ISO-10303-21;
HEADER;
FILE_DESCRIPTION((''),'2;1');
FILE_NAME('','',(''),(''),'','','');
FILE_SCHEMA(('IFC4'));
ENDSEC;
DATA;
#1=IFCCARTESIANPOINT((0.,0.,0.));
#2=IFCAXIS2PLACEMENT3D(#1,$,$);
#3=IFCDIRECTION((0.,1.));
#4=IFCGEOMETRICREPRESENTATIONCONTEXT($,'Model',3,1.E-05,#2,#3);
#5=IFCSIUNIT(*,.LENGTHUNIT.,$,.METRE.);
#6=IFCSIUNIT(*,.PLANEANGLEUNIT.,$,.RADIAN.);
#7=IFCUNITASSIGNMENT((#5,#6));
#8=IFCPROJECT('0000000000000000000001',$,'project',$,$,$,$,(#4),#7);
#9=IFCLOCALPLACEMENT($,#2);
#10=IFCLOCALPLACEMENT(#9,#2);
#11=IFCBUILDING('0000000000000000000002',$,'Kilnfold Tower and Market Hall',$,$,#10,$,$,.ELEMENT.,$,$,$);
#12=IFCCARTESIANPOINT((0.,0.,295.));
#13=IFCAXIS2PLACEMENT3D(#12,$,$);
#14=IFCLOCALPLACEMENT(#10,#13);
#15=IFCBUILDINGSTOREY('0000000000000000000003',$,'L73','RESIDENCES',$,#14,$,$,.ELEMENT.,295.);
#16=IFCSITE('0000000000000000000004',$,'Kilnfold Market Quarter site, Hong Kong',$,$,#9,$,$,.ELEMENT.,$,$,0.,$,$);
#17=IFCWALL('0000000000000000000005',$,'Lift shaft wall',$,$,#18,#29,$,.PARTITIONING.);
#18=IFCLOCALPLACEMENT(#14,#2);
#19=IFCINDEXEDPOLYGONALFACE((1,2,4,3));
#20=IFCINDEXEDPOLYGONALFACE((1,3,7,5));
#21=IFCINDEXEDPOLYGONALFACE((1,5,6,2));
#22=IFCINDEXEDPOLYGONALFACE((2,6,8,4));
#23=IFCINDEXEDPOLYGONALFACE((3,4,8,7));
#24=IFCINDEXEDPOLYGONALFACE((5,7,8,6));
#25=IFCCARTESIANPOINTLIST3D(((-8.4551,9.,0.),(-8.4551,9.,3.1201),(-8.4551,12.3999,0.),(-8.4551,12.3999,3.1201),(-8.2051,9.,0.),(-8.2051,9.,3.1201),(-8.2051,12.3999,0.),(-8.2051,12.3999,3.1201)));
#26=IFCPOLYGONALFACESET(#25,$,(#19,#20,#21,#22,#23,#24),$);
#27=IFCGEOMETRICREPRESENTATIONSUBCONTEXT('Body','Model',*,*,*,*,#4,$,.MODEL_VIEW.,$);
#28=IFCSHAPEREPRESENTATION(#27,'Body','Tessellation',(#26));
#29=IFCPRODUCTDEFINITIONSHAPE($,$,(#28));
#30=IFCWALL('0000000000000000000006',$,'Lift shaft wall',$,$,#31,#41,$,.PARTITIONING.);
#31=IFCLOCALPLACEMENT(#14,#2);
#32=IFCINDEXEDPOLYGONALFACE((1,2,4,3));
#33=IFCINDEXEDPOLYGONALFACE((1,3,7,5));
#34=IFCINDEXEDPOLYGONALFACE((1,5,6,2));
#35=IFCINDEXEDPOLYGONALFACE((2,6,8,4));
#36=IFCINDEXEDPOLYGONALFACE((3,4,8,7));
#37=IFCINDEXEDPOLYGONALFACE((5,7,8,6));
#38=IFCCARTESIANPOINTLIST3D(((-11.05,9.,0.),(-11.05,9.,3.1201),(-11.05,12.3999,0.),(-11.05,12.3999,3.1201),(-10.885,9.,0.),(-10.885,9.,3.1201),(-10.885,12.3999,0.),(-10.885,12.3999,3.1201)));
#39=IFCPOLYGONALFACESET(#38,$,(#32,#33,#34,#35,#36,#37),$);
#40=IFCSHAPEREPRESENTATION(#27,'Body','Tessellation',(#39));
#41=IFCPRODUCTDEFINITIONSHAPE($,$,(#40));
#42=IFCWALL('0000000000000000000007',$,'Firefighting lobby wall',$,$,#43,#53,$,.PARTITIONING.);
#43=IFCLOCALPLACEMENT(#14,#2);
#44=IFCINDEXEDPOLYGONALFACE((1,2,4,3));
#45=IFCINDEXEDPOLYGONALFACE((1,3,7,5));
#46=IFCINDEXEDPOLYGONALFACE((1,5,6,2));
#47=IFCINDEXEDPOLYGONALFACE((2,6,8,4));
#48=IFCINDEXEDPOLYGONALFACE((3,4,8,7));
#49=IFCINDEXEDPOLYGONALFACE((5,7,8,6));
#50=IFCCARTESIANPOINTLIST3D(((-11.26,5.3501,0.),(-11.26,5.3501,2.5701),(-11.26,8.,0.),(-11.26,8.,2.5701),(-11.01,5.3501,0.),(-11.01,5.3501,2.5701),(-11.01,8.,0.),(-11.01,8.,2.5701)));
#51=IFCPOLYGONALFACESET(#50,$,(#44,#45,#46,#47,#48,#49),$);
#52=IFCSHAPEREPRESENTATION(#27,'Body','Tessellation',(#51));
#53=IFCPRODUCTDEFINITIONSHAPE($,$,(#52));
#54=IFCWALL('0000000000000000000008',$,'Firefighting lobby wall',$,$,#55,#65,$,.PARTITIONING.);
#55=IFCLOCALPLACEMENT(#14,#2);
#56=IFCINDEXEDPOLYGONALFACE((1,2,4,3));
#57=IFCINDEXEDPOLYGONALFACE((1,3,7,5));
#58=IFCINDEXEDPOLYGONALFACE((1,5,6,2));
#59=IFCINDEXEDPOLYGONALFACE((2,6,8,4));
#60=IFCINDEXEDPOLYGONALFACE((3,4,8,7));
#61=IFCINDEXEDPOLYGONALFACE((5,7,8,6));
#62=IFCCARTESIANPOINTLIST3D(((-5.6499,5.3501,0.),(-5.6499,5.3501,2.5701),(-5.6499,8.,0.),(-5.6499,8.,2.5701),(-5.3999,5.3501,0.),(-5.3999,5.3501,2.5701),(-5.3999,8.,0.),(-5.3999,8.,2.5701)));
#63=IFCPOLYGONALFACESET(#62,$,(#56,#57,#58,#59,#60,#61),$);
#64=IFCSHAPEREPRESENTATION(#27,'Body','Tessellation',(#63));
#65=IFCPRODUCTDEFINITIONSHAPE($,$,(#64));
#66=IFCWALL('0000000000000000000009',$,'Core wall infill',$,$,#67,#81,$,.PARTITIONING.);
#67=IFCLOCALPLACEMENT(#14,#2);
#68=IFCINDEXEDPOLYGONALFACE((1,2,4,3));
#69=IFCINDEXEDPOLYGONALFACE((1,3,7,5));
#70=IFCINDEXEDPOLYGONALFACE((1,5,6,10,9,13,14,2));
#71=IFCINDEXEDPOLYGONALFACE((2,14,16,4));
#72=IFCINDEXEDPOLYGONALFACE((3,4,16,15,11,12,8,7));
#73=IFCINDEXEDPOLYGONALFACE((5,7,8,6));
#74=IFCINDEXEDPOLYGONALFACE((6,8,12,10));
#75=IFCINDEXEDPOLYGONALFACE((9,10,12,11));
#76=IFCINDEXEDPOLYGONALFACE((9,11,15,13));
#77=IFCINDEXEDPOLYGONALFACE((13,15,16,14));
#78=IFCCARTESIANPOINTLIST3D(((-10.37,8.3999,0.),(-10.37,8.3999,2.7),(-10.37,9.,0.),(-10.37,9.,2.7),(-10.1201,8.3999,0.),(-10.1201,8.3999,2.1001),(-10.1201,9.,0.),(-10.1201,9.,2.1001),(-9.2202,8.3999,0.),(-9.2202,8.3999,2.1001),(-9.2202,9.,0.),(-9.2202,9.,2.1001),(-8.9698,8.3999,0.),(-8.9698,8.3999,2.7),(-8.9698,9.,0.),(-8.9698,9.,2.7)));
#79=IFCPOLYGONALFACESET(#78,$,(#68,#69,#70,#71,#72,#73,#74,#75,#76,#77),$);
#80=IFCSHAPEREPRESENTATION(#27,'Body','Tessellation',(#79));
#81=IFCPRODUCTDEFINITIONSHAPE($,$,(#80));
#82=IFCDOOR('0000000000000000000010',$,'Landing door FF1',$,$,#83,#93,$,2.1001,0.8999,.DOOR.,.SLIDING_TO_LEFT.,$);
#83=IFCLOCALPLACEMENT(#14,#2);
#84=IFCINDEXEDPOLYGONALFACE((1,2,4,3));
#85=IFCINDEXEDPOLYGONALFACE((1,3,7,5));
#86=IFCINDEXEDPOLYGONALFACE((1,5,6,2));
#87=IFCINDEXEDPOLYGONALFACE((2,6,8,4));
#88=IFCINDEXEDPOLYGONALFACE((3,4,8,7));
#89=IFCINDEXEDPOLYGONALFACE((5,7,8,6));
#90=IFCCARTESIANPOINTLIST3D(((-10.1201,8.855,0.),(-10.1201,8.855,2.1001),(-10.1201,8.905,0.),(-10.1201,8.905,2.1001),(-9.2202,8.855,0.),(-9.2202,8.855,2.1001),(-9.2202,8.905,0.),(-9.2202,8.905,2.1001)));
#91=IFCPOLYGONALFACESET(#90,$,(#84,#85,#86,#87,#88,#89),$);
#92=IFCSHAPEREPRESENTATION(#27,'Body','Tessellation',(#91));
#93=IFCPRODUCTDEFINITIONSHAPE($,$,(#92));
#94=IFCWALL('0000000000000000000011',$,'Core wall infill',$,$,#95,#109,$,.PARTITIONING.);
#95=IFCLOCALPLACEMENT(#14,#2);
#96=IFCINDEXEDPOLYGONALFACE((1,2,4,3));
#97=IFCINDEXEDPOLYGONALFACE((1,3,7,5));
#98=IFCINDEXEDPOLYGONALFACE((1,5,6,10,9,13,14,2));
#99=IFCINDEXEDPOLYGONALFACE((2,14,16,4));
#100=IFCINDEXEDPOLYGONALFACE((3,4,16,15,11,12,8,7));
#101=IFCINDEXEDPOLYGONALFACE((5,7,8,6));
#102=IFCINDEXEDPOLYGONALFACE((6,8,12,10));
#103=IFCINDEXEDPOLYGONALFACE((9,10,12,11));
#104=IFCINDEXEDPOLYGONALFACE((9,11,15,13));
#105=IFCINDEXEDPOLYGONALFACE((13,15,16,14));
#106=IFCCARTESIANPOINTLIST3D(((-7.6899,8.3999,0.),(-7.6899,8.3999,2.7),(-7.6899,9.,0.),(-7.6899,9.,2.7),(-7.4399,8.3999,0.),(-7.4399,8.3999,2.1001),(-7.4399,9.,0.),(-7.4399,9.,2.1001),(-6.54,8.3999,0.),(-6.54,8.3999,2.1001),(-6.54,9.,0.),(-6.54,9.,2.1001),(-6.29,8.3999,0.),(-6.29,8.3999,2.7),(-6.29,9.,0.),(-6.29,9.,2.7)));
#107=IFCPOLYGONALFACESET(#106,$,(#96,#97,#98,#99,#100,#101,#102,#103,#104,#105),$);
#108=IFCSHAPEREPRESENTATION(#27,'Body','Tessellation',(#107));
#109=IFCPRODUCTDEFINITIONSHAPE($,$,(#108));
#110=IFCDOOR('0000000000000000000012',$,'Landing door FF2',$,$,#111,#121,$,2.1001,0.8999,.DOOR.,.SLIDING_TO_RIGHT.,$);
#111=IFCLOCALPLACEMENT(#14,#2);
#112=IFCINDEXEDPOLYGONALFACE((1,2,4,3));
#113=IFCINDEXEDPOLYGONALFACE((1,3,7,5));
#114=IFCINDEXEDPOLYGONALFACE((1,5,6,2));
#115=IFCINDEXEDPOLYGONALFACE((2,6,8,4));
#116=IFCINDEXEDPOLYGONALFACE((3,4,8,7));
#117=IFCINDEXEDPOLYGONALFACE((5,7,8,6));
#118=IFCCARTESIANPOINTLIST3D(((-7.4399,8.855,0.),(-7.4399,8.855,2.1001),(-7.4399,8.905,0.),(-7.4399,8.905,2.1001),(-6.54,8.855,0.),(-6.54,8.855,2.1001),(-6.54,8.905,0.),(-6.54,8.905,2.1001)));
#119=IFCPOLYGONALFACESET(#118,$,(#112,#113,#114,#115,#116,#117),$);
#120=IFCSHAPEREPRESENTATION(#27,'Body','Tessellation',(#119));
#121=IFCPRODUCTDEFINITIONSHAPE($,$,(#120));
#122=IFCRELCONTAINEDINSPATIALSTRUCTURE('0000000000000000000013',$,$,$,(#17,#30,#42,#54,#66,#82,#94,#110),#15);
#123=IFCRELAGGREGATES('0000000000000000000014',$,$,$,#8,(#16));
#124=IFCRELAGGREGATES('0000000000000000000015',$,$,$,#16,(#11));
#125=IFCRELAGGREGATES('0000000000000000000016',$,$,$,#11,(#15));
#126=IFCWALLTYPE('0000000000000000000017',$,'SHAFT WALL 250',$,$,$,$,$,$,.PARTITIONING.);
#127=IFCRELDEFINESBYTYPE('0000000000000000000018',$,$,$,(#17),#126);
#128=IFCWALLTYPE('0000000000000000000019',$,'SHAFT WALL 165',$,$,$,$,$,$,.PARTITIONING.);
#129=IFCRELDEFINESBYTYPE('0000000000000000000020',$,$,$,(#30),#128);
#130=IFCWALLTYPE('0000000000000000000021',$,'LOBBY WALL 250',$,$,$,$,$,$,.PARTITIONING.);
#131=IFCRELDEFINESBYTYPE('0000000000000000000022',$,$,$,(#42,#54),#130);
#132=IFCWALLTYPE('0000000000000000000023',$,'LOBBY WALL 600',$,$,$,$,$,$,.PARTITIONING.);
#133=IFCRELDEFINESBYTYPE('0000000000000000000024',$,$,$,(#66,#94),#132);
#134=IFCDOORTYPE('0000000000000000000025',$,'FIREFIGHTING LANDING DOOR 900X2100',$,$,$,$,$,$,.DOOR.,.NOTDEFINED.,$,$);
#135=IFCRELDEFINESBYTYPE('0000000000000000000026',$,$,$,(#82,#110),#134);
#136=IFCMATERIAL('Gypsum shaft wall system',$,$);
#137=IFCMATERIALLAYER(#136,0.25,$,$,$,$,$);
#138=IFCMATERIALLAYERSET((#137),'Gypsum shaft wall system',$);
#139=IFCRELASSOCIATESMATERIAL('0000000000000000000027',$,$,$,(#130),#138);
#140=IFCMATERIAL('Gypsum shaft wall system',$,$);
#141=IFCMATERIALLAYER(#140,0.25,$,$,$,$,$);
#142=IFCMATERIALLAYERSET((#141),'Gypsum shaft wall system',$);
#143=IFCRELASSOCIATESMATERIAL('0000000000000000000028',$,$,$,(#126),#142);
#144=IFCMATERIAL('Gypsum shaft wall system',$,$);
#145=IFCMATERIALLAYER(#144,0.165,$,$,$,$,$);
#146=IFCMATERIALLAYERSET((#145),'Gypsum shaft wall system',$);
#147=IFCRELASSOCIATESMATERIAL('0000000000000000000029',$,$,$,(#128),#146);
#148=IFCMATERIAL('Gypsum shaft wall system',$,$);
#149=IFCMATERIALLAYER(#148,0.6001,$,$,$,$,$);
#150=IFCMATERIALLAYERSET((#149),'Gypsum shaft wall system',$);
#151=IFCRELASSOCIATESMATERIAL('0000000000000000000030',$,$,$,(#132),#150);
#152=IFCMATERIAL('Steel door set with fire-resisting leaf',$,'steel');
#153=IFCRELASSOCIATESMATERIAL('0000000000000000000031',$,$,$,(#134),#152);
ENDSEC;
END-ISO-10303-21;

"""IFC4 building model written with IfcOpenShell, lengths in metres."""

from ifc_helpers import new_model, si_unit, direction, frame, frame_2d, origin, place, context, subcontext, project, spatial, rectangle, extrude, source, transform, mapped, material, layer, layer_set, type_object, element, fill, save


model = new_model("IFC4")

# Units and contexts
model_context = context("Model", 3, precision=1e-05, world=origin(), true_north=direction((0.0, 1.0)))
body_context = subcontext(model_context, "Body", "Model", "MODEL_VIEW")
ifc_project = project(units=[si_unit("LENGTHUNIT", "METRE"), si_unit("PLANEANGLEUNIT", "RADIAN")], contexts=[model_context])

# Site, building, storey
site_placement = place(None, origin())
site = spatial("IfcSite", under=ifc_project, at=site_placement, Name="Kilnfold Market Quarter site, Hong Kong", CompositionType="ELEMENT", RefElevation=0.0)
building_placement = place(site_placement, origin())
building = spatial("IfcBuilding", under=site, at=building_placement, Name="Kilnfold Tower and Market Hall", CompositionType="ELEMENT")
storey_placement = place(building_placement, frame((0.0, 0.0, 295.0)))
storey = spatial("IfcBuildingStorey", under=building, at=storey_placement, Name="L73", Description="RESIDENCES", CompositionType="ELEMENT", Elevation=295.0)

# Shared definitions
ifc_material_1 = material(Name="Gypsum shaft wall system")
ifc_layer_1 = layer(ifc_material_1, 0.25)
ifc_layer_set_1 = layer_set([ifc_layer_1], Name="Gypsum shaft wall system")
wall_type_1 = type_object("IfcWallType", Name="LOBBY WALL 250", PredefinedType="PARTITIONING", material=ifc_layer_set_1)

# Walls
ifc_material_2 = material(Name="Gypsum shaft wall system")
ifc_layer_2 = layer(ifc_material_2, 0.25)
ifc_layer_set_2 = layer_set([ifc_layer_2], Name="Gypsum shaft wall system")
wall_type_2 = type_object("IfcWallType", Name="SHAFT WALL 250", PredefinedType="PARTITIONING", material=ifc_layer_set_2)
shared_shape_1 = source(origin(), body_context, "Body", "SweptSolid", [
    extrude(rectangle(XDim=3.3999, YDim=0.25, at=frame_2d((1.7, 0.0))), origin(), (0.0, 0.0, 1.0), 3.1201),
])
for number, where, z_axis, x_axis, name in (
    (1, (-8.3301, 9.0, 0.0), (0.0, 0.0, 1.0), (0.0, 1.0, 0.0), "Lift shaft wall"),
):
    element("IfcWall", number, at=place(storey_placement, frame(where, z_axis=z_axis, x_axis=x_axis)), inside=storey, type_object=wall_type_2, Name=name, PredefinedType="PARTITIONING", context=body_context, shape_type="MappedRepresentation", body=[
        mapped(shared_shape_1, transform((0.0, 0.0, 0.0))),
    ])
ifc_material_3 = material(Name="Gypsum shaft wall system")
ifc_layer_3 = layer(ifc_material_3, 0.165)
ifc_layer_set_3 = layer_set([ifc_layer_3], Name="Gypsum shaft wall system")
wall_type_3 = type_object("IfcWallType", Name="SHAFT WALL 165", PredefinedType="PARTITIONING", material=ifc_layer_set_3)
shared_shape_2 = source(origin(), body_context, "Body", "SweptSolid", [
    extrude(rectangle(XDim=3.3999, YDim=0.165, at=frame_2d((1.7, 0.0))), origin(), (0.0, 0.0, 1.0), 3.1201),
])
wall_1_placement = place(storey_placement, frame((-10.9675, 9.0, 0.0), z_axis=(0.0, 0.0, 1.0), x_axis=(0.0, 1.0, 0.0)))
element("IfcWall", 2, at=wall_1_placement, inside=storey, type_object=wall_type_3, Name="Lift shaft wall", PredefinedType="PARTITIONING", context=body_context, shape_type="MappedRepresentation", body=[
    mapped(shared_shape_2, transform((0.0, 0.0, 0.0))),
])
shared_shape_3 = source(origin(), body_context, "Body", "SweptSolid", [
    extrude(rectangle(XDim=2.6499, YDim=0.25, at=frame_2d((1.325, 0.0))), origin(), (0.0, 0.0, 1.0), 2.5701),
])
for number, where, z_axis, x_axis, name in (
    (3, (-11.135, 5.3501, 0.0), (0.0, 0.0, 1.0), (0.0, 1.0, 0.0), "Firefighting lobby wall"),
    (4, (-5.5249, 5.3501, 0.0), (0.0, 0.0, 1.0), (0.0, 1.0, 0.0), "Firefighting lobby wall"),
):
    element("IfcWall", number, at=place(storey_placement, frame(where, z_axis=z_axis, x_axis=x_axis)), inside=storey, type_object=wall_type_1, Name=name, PredefinedType="PARTITIONING", context=body_context, shape_type="MappedRepresentation", body=[
        mapped(shared_shape_3, transform((0.0, 0.0, 0.0))),
    ])

# Walls, openings, doors
ifc_material_4 = material(Name="Gypsum shaft wall system")
ifc_layer_4 = layer(ifc_material_4, 0.6001)
ifc_layer_set_4 = layer_set([ifc_layer_4], Name="Gypsum shaft wall system")
wall_type_4 = type_object("IfcWallType", Name="LOBBY WALL 600", PredefinedType="PARTITIONING", material=ifc_layer_set_4)
shared_shape_4 = source(origin(), body_context, "Body", "SweptSolid", [
    extrude(rectangle(XDim=1.4001, YDim=0.6001, at=frame_2d((0.7002, 0.0))), origin(), (0.0, 0.0, 1.0), 2.7),
])
wall_2_placement = place(storey_placement, frame((-10.3701, 8.7, 0.0), z_axis=(0.0, 0.0, 1.0), x_axis=(1.0, 0.0, 0.0)))
wall_2 = element("IfcWall", 5, at=wall_2_placement, inside=storey, type_object=wall_type_4, Name="Core wall infill", PredefinedType="PARTITIONING", context=body_context, shape_type="MappedRepresentation", body=[
    mapped(shared_shape_4, transform((0.0, 0.0, 0.0))),
])
opening_1_placement = place(wall_2_placement, frame((0.25, 0.0, 0.0)))
opening_1 = element("IfcOpeningElement", 6, at=opening_1_placement, cuts=wall_2, PredefinedType="OPENING", context=body_context, shape_type="SweptSolid", body=[
    extrude(rectangle(XDim=0.8999, YDim=2.1001, at=frame_2d((0.45, 1.05))), frame((0.0, 0.3101, 0.0), z_axis=(0.0, -1.0, 0.0), x_axis=(1.0, 0.0, 0.0)), (0.0, 0.0, 1.0), 0.6201),
])
ifc_material_5 = material(Name="Steel door set with fire-resisting leaf", Category="steel")
door_type_1 = type_object("IfcDoorType", Name="FIREFIGHTING LANDING DOOR 900X2100", OperationType="NOTDEFINED", PredefinedType="DOOR", material=ifc_material_5)
door_1_placement = place(opening_1_placement, origin())
door_1 = element("IfcDoor", 7, at=door_1_placement, inside=storey, type_object=door_type_1, Name="Landing door FF1", OperationType="SLIDING_TO_LEFT", OverallHeight=2.1001, OverallWidth=0.8999, PredefinedType="DOOR", context=body_context, shape_type="SweptSolid", body=[
    extrude(rectangle(XDim=0.8999, YDim=2.1001, at=frame_2d((0.45, 1.05))), frame((0.0, 0.2051, 0.0), z_axis=(0.0, -1.0, 0.0), x_axis=(1.0, 0.0, 0.0)), (0.0, 0.0, 1.0), 0.05),
])
fill(opening_1, door_1)
shared_shape_5 = source(origin(), body_context, "Body", "SweptSolid", [
    extrude(rectangle(XDim=1.3999, YDim=0.6001, at=frame_2d((0.7, 0.0))), origin(), (0.0, 0.0, 1.0), 2.7),
])
wall_3_placement = place(storey_placement, frame((-7.6899, 8.7, 0.0), z_axis=(0.0, 0.0, 1.0), x_axis=(1.0, 0.0, 0.0)))
wall_3 = element("IfcWall", 8, at=wall_3_placement, inside=storey, type_object=wall_type_4, Name="Core wall infill", PredefinedType="PARTITIONING", context=body_context, shape_type="MappedRepresentation", body=[
    mapped(shared_shape_5, transform((0.0, 0.0, 0.0))),
])
opening_2_placement = place(wall_3_placement, frame((0.25, 0.0, 0.0)))
opening_2 = element("IfcOpeningElement", 9, at=opening_2_placement, cuts=wall_3, PredefinedType="OPENING", context=body_context, shape_type="SweptSolid", body=[
    extrude(rectangle(XDim=0.8999, YDim=2.1001, at=frame_2d((0.45, 1.05))), frame((0.0, 0.3101, 0.0), z_axis=(0.0, -1.0, 0.0), x_axis=(1.0, 0.0, 0.0)), (0.0, 0.0, 1.0), 0.6201),
])
door_2_placement = place(opening_2_placement, origin())
door_2 = element("IfcDoor", 10, at=door_2_placement, inside=storey, type_object=door_type_1, Name="Landing door FF2", OperationType="SLIDING_TO_RIGHT", OverallHeight=2.1001, OverallWidth=0.8999, PredefinedType="DOOR", context=body_context, shape_type="SweptSolid", body=[
    extrude(rectangle(XDim=0.8999, YDim=2.1001, at=frame_2d((0.45, 1.05))), frame((0.0, 0.2051, 0.0), z_axis=(0.0, -1.0, 0.0), x_axis=(1.0, 0.0, 0.0)), (0.0, 0.0, 1.0), 0.05),
])
fill(opening_2, door_2)

save(model, "model.ifc")
